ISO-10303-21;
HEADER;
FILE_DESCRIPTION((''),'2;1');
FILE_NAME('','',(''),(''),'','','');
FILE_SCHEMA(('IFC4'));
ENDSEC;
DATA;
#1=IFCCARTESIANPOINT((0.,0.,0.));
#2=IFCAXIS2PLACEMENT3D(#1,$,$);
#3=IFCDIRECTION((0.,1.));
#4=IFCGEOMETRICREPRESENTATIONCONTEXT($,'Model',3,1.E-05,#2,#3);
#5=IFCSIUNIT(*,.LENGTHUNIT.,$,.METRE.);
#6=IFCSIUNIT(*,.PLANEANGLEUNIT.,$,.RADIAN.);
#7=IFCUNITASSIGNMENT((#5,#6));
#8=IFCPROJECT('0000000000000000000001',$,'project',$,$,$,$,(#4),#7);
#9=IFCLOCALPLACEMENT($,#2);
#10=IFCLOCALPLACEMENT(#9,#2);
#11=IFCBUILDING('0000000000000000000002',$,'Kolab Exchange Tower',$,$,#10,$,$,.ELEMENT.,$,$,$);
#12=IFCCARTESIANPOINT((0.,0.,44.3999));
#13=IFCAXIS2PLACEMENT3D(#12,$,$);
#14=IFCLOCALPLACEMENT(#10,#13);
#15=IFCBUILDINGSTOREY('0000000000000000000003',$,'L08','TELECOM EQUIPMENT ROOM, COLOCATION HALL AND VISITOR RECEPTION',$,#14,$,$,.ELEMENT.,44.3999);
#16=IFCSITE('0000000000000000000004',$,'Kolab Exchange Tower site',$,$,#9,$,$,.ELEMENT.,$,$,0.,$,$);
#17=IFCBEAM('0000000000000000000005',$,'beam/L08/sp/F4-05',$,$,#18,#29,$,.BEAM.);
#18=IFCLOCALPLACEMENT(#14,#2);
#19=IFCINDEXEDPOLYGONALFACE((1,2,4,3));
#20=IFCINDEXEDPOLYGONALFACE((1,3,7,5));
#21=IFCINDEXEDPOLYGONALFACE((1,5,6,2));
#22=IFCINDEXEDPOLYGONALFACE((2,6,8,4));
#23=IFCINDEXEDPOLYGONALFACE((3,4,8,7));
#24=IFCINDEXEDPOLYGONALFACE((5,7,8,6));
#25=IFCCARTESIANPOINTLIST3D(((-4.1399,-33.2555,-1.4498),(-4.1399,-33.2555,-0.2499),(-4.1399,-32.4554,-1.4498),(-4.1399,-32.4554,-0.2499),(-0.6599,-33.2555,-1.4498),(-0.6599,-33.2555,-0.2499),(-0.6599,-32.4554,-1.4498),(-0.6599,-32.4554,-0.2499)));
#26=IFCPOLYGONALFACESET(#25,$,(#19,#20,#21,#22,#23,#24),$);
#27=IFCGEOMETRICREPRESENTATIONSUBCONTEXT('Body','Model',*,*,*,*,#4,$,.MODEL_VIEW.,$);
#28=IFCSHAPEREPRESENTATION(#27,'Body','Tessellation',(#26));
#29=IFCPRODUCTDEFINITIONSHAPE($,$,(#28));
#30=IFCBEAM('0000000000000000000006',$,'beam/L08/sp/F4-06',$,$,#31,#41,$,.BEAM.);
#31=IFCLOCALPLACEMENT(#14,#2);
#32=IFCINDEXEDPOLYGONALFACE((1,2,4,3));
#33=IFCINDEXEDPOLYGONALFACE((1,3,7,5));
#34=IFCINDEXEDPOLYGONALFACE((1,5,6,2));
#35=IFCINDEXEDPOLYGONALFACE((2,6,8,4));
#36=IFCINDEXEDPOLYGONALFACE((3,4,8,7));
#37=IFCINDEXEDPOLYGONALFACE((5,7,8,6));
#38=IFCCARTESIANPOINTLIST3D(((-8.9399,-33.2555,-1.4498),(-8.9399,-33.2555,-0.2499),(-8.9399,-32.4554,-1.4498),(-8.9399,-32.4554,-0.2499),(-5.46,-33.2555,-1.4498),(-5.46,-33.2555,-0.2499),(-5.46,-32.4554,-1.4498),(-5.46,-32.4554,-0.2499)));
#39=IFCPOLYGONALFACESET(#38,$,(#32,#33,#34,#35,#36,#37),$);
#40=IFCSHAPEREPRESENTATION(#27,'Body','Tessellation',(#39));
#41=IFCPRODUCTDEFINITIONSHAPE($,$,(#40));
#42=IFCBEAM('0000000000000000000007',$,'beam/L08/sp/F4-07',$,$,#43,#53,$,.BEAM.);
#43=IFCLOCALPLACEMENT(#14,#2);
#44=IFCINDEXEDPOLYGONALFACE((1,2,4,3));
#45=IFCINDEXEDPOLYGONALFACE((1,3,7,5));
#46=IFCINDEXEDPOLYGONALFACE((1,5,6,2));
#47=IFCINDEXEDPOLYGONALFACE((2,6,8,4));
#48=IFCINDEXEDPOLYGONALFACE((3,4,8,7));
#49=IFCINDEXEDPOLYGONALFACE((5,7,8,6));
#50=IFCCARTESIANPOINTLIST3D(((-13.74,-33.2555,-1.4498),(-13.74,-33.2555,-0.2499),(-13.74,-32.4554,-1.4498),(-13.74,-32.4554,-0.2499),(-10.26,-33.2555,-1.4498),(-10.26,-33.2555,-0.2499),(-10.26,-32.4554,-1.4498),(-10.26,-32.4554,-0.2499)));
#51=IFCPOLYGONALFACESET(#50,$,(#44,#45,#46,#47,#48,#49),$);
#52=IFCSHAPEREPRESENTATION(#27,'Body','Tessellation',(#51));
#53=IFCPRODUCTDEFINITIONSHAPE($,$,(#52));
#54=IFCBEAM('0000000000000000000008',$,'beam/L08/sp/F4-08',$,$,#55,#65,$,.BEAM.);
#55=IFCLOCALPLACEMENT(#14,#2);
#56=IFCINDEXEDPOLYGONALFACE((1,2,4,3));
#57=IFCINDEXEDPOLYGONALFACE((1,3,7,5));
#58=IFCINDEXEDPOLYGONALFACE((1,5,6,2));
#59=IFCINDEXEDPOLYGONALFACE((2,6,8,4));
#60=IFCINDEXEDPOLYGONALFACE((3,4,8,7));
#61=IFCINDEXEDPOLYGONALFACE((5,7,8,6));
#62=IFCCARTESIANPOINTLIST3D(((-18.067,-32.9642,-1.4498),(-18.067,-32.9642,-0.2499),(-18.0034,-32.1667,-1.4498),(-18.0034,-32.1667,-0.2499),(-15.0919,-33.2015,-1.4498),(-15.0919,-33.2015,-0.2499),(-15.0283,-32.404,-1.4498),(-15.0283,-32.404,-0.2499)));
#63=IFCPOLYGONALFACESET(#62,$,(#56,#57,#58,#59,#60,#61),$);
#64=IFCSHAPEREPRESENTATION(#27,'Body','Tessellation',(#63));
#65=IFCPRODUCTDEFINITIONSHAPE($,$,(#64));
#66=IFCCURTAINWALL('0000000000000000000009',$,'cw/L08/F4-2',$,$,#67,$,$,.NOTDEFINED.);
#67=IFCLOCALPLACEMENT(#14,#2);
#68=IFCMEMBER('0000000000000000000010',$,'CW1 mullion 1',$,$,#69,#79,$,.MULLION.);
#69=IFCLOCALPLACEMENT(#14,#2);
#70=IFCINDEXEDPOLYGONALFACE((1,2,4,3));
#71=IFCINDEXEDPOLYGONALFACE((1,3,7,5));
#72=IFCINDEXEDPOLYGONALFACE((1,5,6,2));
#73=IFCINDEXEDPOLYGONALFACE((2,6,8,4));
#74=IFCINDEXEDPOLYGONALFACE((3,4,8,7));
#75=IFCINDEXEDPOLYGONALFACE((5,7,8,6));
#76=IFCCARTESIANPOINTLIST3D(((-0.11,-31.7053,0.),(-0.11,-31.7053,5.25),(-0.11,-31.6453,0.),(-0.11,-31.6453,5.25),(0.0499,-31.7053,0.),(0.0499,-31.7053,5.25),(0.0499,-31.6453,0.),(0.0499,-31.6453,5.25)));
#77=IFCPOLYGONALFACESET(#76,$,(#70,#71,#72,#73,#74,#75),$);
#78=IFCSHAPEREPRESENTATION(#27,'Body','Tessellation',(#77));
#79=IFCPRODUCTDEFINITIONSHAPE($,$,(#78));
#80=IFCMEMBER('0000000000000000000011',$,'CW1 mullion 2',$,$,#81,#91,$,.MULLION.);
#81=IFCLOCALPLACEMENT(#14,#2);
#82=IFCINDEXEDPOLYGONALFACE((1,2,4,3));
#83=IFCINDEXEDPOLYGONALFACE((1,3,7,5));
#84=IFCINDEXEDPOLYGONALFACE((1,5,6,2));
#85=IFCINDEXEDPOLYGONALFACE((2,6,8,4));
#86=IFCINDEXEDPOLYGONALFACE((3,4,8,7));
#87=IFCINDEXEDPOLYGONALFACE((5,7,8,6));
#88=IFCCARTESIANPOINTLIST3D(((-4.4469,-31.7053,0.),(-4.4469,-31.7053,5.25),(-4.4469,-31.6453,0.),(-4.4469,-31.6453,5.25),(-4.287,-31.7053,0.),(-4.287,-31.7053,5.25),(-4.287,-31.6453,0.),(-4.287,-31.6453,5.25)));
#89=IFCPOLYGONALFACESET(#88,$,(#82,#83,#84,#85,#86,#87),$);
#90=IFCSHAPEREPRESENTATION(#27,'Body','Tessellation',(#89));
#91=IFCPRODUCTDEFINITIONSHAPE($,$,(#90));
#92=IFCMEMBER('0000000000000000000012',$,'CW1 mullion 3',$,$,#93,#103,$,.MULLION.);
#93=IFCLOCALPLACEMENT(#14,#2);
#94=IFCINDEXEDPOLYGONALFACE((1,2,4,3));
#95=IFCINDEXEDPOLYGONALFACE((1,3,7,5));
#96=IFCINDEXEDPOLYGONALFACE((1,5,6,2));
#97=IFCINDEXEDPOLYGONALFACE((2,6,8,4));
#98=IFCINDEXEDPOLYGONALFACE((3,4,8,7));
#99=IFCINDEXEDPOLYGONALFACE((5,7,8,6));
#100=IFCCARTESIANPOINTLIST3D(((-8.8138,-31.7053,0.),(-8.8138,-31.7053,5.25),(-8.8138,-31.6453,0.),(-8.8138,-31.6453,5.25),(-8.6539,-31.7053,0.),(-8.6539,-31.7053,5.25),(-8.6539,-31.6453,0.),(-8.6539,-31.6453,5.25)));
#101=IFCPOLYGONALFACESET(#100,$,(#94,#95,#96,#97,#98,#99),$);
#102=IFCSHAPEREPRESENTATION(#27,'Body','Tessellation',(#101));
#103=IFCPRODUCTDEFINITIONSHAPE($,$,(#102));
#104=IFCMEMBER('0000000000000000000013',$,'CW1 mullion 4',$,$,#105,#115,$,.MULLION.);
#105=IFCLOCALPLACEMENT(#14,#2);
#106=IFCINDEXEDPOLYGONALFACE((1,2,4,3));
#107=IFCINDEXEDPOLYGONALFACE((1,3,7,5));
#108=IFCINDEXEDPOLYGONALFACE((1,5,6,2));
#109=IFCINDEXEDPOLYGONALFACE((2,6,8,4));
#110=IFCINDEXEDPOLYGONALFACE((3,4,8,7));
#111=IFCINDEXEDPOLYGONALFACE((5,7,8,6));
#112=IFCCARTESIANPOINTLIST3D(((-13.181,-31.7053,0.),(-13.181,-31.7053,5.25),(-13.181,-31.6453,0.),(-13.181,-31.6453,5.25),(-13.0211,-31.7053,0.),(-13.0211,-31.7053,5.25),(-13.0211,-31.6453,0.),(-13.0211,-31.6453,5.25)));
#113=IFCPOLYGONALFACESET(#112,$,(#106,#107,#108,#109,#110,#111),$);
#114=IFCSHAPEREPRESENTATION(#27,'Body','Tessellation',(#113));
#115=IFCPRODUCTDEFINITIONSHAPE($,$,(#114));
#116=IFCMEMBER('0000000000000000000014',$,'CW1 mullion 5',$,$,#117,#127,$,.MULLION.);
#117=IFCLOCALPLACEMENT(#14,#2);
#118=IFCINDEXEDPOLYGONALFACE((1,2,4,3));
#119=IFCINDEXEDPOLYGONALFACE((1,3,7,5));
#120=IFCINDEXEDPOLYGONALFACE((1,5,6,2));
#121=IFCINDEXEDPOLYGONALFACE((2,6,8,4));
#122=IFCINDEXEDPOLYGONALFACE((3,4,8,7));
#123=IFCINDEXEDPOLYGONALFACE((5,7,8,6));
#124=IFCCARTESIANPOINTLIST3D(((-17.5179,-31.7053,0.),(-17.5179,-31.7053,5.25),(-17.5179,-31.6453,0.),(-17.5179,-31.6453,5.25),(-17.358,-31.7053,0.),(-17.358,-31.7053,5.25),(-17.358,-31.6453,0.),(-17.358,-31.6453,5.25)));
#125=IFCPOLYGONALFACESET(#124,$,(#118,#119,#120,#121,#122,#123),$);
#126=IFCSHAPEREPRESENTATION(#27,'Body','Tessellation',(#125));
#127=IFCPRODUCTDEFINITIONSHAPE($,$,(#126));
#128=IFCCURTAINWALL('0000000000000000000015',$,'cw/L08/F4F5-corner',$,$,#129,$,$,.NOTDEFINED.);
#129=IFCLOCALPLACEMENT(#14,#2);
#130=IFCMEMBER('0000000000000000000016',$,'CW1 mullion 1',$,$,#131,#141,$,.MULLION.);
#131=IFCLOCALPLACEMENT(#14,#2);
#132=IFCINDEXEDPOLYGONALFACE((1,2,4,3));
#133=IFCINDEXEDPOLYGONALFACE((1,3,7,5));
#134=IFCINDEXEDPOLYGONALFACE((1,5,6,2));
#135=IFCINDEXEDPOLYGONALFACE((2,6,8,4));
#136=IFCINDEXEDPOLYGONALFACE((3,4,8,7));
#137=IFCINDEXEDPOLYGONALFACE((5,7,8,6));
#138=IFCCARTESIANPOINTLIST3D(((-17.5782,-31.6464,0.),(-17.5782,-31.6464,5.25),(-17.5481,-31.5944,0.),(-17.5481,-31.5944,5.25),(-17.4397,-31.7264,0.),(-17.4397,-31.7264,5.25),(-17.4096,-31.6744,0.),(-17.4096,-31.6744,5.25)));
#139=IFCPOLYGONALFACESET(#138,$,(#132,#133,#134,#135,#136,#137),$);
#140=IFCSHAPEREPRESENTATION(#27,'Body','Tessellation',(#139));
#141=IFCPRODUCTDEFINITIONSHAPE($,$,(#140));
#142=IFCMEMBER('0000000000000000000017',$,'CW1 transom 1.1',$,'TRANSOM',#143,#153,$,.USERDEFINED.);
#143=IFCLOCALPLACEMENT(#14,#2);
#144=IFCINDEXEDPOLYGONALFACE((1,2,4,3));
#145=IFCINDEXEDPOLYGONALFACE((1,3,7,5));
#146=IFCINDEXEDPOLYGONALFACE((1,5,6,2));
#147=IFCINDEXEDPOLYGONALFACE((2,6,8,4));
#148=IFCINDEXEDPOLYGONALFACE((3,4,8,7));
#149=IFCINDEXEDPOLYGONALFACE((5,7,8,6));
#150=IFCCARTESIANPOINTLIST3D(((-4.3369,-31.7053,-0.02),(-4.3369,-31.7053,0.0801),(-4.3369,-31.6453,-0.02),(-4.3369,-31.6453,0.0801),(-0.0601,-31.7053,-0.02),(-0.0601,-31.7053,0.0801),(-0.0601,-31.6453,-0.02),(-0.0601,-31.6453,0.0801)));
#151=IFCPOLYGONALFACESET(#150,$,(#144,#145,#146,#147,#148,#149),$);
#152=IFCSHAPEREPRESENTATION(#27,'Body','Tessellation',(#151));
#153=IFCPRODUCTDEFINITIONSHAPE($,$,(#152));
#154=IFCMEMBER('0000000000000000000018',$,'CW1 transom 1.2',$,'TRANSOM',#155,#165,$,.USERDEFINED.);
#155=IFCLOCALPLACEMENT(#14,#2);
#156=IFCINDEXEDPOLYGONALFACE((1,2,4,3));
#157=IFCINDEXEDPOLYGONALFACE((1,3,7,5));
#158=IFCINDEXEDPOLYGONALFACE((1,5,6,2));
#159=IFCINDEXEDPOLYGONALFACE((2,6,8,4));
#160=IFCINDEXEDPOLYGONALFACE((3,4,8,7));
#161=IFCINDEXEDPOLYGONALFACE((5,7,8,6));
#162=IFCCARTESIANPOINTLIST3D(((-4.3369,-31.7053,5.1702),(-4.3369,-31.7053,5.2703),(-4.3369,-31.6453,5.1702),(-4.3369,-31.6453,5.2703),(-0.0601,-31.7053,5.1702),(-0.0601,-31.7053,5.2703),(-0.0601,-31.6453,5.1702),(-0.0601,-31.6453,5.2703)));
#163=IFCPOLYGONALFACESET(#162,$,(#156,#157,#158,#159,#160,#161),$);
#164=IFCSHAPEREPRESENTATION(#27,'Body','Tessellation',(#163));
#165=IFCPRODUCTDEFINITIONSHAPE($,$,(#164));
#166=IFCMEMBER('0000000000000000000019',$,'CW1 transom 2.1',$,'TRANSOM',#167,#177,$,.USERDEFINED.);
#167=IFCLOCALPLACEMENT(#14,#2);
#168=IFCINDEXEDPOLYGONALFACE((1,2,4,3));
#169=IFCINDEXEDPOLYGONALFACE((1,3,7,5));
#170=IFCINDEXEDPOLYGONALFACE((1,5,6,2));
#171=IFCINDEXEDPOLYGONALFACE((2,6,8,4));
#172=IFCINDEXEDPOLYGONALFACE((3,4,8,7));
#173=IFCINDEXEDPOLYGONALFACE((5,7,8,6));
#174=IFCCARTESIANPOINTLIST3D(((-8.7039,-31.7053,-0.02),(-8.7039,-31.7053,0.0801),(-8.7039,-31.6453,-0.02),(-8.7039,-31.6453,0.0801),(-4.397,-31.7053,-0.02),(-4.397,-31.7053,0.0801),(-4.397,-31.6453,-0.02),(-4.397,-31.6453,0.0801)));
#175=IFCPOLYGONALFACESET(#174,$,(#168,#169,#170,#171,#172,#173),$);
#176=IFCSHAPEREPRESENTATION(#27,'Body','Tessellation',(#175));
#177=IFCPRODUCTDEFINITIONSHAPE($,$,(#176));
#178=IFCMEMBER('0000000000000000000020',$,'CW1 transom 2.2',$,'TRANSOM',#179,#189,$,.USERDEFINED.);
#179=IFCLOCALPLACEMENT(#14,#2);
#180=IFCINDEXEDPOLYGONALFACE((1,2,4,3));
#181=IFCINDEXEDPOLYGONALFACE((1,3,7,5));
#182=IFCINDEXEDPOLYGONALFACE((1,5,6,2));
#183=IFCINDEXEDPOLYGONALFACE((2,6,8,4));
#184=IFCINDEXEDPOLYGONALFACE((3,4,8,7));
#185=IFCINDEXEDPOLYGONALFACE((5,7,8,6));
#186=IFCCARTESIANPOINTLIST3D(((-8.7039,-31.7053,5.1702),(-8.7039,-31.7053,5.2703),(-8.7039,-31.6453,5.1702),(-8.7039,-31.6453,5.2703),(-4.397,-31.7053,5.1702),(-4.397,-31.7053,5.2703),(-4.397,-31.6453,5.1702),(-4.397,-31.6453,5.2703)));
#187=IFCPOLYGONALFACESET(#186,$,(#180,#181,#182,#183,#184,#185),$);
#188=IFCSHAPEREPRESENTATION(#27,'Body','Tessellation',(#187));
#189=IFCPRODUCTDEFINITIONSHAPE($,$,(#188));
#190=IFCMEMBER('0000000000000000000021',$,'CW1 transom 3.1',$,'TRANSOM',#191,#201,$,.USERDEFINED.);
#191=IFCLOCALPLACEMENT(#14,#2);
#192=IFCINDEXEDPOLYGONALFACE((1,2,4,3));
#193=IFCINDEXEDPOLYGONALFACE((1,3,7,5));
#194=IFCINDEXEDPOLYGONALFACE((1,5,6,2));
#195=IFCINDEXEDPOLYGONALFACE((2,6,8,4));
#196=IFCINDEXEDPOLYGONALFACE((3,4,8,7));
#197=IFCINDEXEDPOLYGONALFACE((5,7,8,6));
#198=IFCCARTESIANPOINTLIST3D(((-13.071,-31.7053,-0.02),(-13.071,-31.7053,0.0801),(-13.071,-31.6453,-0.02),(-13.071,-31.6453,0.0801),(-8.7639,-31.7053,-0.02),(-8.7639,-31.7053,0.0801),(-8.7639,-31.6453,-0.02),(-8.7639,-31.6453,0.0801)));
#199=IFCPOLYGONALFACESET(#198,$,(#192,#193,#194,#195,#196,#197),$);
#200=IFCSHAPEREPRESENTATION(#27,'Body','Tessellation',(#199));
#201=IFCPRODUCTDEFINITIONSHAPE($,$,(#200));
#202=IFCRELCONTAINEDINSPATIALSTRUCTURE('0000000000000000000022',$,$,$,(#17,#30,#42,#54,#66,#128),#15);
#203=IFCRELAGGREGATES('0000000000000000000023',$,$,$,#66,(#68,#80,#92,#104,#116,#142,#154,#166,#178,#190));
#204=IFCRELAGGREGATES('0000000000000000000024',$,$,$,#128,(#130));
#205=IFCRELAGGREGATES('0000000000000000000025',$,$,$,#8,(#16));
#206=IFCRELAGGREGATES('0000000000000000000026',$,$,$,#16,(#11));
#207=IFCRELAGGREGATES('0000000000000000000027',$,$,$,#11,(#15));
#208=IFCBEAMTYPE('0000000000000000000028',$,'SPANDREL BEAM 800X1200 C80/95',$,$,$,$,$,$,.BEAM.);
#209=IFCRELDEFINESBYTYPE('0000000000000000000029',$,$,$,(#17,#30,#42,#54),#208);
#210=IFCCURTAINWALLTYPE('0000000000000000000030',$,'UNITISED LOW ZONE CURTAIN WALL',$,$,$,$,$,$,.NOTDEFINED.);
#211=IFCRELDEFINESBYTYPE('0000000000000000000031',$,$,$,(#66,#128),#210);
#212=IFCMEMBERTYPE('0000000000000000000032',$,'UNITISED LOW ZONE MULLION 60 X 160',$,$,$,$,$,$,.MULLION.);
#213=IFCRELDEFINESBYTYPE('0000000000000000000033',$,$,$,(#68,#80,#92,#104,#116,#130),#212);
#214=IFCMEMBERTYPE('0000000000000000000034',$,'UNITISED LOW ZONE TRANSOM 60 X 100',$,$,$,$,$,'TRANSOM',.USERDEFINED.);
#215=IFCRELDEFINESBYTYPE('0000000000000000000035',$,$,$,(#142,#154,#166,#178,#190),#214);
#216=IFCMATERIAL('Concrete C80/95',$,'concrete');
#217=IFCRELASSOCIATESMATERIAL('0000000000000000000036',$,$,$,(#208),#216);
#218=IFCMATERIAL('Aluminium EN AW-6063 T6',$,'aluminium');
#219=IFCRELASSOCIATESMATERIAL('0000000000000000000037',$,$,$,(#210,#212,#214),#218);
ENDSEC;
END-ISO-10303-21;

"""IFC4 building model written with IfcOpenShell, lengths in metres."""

from ifc_helpers import new_model, si_unit, direction, frame, origin, origin_2d, place, context, subcontext, project, spatial, rectangle, extrude, material, material_profile, profile_set, type_object, element, aggregate, save


model = new_model("IFC4")

# Units and contexts
model_context = context("Model", 3, precision=1e-05, world=origin(), true_north=direction((0.0, 1.0)))
body_context = subcontext(model_context, "Body", "Model", "MODEL_VIEW")
ifc_project = project(units=[si_unit("LENGTHUNIT", "METRE"), si_unit("PLANEANGLEUNIT", "RADIAN")], contexts=[model_context])

# Site, building, storey
site_placement = place(None, origin())
site = spatial("IfcSite", under=ifc_project, at=site_placement, Name="Kolab Exchange Tower site", CompositionType="ELEMENT", RefElevation=0.0)
building_placement = place(site_placement, origin())
building = spatial("IfcBuilding", under=site, at=building_placement, Name="Kolab Exchange Tower", CompositionType="ELEMENT")
storey_placement = place(building_placement, frame((0.0, 0.0, 44.3999)))
storey = spatial("IfcBuildingStorey", under=building, at=storey_placement, Name="L08", Description="TELECOM EQUIPMENT ROOM, COLOCATION HALL AND VISITOR RECEPTION", CompositionType="ELEMENT", Elevation=44.3999)

# Shared definitions
ifc_material_1 = material(Name="Concrete C80/95", Category="concrete")

# Beams
ifc_material_profile_1 = material_profile(ifc_material_1, rectangle(XDim=0.8, YDim=1.2, at=origin_2d()), Name="RC800X1200")
ifc_profile_set_1 = profile_set([ifc_material_profile_1], Name="Concrete C80/95")
beam_type_1 = type_object("IfcBeamType", Name="SPANDREL BEAM 800X1200 C80/95", PredefinedType="BEAM", material=ifc_profile_set_1)
for number, where, z_axis, x_axis, name in (
    (1, (-0.6599, -32.8555, -0.8499), (-1.0, 0.0, 0.0), (0.0, -1.0, 0.0), "beam/L08/sp/F4-05"),
    (2, (-5.46, -32.8555, -0.8499), (-1.0, 0.0, 0.0), (0.0, -1.0, 0.0), "beam/L08/sp/F4-06"),
    (3, (-10.26, -32.8555, -0.8499), (-1.0, 0.0, 0.0), (0.0, -1.0, 0.0), "beam/L08/sp/F4-07"),
):
    element("IfcBeam", number, at=place(storey_placement, frame(where, z_axis=z_axis, x_axis=x_axis)), inside=storey, type_object=beam_type_1, Name=name, PredefinedType="BEAM", context=body_context, shape_type="SweptSolid", body=[
        extrude(rectangle(XDim=0.8, YDim=1.2, at=origin_2d()), origin(), (0.0, 0.0, 1.0), 3.48),
    ])
beam_1_placement = place(storey_placement, frame((-15.0601, -32.8027, -0.8499), z_axis=(-0.996834, 0.079511, 0.0), x_axis=(-0.079511, -0.996834, 0.0)))
element("IfcBeam", 4, at=beam_1_placement, inside=storey, type_object=beam_type_1, Name="beam/L08/sp/F4-08", PredefinedType="BEAM", context=body_context, shape_type="SweptSolid", body=[
    extrude(rectangle(XDim=0.8, YDim=1.2, at=origin_2d()), origin(), (0.0, 0.0, 1.0), 2.9846),
])

# Curtain wall, members
ifc_material_2 = material(Name="Aluminium EN AW-6063 T6", Category="aluminium")
curtain_wall_type = type_object("IfcCurtainWallType", Name="UNITISED LOW ZONE CURTAIN WALL", PredefinedType="NOTDEFINED", material=ifc_material_2)
curtain_wall_1_placement = place(storey_placement, origin())
curtain_wall_1 = element("IfcCurtainWall", 5, at=curtain_wall_1_placement, inside=storey, type_object=curtain_wall_type, Name="cw/L08/F4-2", PredefinedType="NOTDEFINED")
ifc_material_profile_2 = material_profile(ifc_material_2, rectangle(XDim=0.0601, YDim=0.1599, at=origin_2d()), Name="RECT 60X160")
ifc_profile_set_2 = profile_set([ifc_material_profile_2], Name="Aluminium EN AW-6063 T6")
member_type_1 = type_object("IfcMemberType", Name="UNITISED LOW ZONE MULLION 60 X 160", PredefinedType="MULLION", material=ifc_profile_set_2)
member_1_placement = place(storey_placement, frame((-0.03, -31.6753, 0.0), z_axis=(0.0, 0.0, 1.0), x_axis=(0.0, -1.0, 0.0)))
member_1 = element("IfcMember", 6, at=member_1_placement, type_object=member_type_1, Name="CW1 mullion 1", PredefinedType="MULLION", context=body_context, shape_type="SweptSolid", body=[
    extrude(rectangle(XDim=0.0601, YDim=0.1599, at=origin_2d()), origin(), (0.0, 0.0, 1.0), 5.25),
])
member_2_placement = place(storey_placement, frame((-4.3669, -31.6753, 0.0), z_axis=(0.0, 0.0, 1.0), x_axis=(0.0, -1.0, 0.0)))
member_2 = element("IfcMember", 7, at=member_2_placement, type_object=member_type_1, Name="CW1 mullion 2", PredefinedType="MULLION", context=body_context, shape_type="SweptSolid", body=[
    extrude(rectangle(XDim=0.0601, YDim=0.1599, at=origin_2d()), origin(), (0.0, 0.0, 1.0), 5.25),
])
member_3_placement = place(storey_placement, frame((-8.7339, -31.6753, 0.0), z_axis=(0.0, 0.0, 1.0), x_axis=(0.0, -1.0, 0.0)))
member_3 = element("IfcMember", 8, at=member_3_placement, type_object=member_type_1, Name="CW1 mullion 3", PredefinedType="MULLION", context=body_context, shape_type="SweptSolid", body=[
    extrude(rectangle(XDim=0.0601, YDim=0.1599, at=origin_2d()), origin(), (0.0, 0.0, 1.0), 5.25),
])
member_4_placement = place(storey_placement, frame((-13.1011, -31.6753, 0.0), z_axis=(0.0, 0.0, 1.0), x_axis=(0.0, -1.0, 0.0)))
member_4 = element("IfcMember", 9, at=member_4_placement, type_object=member_type_1, Name="CW1 mullion 4", PredefinedType="MULLION", context=body_context, shape_type="SweptSolid", body=[
    extrude(rectangle(XDim=0.0601, YDim=0.1599, at=origin_2d()), origin(), (0.0, 0.0, 1.0), 5.25),
])
member_5_placement = place(storey_placement, frame((-17.438, -31.6753, 0.0), z_axis=(0.0, 0.0, 1.0), x_axis=(0.0, -1.0, 0.0)))
member_5 = element("IfcMember", 10, at=member_5_placement, type_object=member_type_1, Name="CW1 mullion 5", PredefinedType="MULLION", context=body_context, shape_type="SweptSolid", body=[
    extrude(rectangle(XDim=0.0601, YDim=0.1599, at=origin_2d()), origin(), (0.0, 0.0, 1.0), 5.25),
])

# Curtain wall, member
curtain_wall_2_placement = place(storey_placement, origin())
curtain_wall_2 = element("IfcCurtainWall", 11, at=curtain_wall_2_placement, inside=storey, type_object=curtain_wall_type, Name="cw/L08/F4F5-corner", PredefinedType="NOTDEFINED")
member_6_placement = place(storey_placement, frame((-17.4939, -31.6604, 0.0), z_axis=(0.0, 0.0, 1.0), x_axis=(-0.5, -0.866025, 0.0)))
member_6 = element("IfcMember", 12, at=member_6_placement, type_object=member_type_1, Name="CW1 mullion 1", PredefinedType="MULLION", context=body_context, shape_type="SweptSolid", body=[
    extrude(rectangle(XDim=0.0601, YDim=0.1599, at=origin_2d()), origin(), (0.0, 0.0, 1.0), 5.25),
])

# Members
ifc_material_profile_3 = material_profile(ifc_material_2, rectangle(XDim=0.0601, YDim=0.1001, at=origin_2d()), Name="RECT 60X100")
ifc_profile_set_3 = profile_set([ifc_material_profile_3], Name="Aluminium EN AW-6063 T6")
member_type_2 = type_object("IfcMemberType", Name="UNITISED LOW ZONE TRANSOM 60 X 100", ElementType="TRANSOM", PredefinedType="USERDEFINED", material=ifc_profile_set_3)
member_7_placement = place(storey_placement, frame((-0.0601, -31.6753, 0.03), z_axis=(-1.0, 0.0, 0.0), x_axis=(0.0, -1.0, 0.0)))
member_7 = element("IfcMember", 13, at=member_7_placement, type_object=member_type_2, Name="CW1 transom 1.1", ObjectType="TRANSOM", PredefinedType="USERDEFINED", context=body_context, shape_type="SweptSolid", body=[
    extrude(rectangle(XDim=0.0601, YDim=0.1001, at=origin_2d()), origin(), (0.0, 0.0, 1.0), 4.2769),
])
member_8_placement = place(storey_placement, frame((-0.0601, -31.6753, 5.2202), z_axis=(-1.0, 0.0, 0.0), x_axis=(0.0, -1.0, 0.0)))
member_8 = element("IfcMember", 14, at=member_8_placement, type_object=member_type_2, Name="CW1 transom 1.2", ObjectType="TRANSOM", PredefinedType="USERDEFINED", context=body_context, shape_type="SweptSolid", body=[
    extrude(rectangle(XDim=0.0601, YDim=0.1001, at=origin_2d()), origin(), (0.0, 0.0, 1.0), 4.2769),
])
member_9_placement = place(storey_placement, frame((-4.397, -31.6753, 0.03), z_axis=(-1.0, 0.0, 0.0), x_axis=(0.0, -1.0, 0.0)))
member_9 = element("IfcMember", 15, at=member_9_placement, type_object=member_type_2, Name="CW1 transom 2.1", ObjectType="TRANSOM", PredefinedType="USERDEFINED", context=body_context, shape_type="SweptSolid", body=[
    extrude(rectangle(XDim=0.0601, YDim=0.1001, at=origin_2d()), origin(), (0.0, 0.0, 1.0), 4.3069),
])
member_10_placement = place(storey_placement, frame((-4.397, -31.6753, 5.2202), z_axis=(-1.0, 0.0, 0.0), x_axis=(0.0, -1.0, 0.0)))
member_10 = element("IfcMember", 16, at=member_10_placement, type_object=member_type_2, Name="CW1 transom 2.2", ObjectType="TRANSOM", PredefinedType="USERDEFINED", context=body_context, shape_type="SweptSolid", body=[
    extrude(rectangle(XDim=0.0601, YDim=0.1001, at=origin_2d()), origin(), (0.0, 0.0, 1.0), 4.3069),
])
member_11_placement = place(storey_placement, frame((-8.7639, -31.6753, 0.03), z_axis=(-1.0, 0.0, 0.0), x_axis=(0.0, -1.0, 0.0)))
member_11 = element("IfcMember", 17, at=member_11_placement, type_object=member_type_2, Name="CW1 transom 3.1", ObjectType="TRANSOM", PredefinedType="USERDEFINED", context=body_context, shape_type="SweptSolid", body=[
    extrude(rectangle(XDim=0.0601, YDim=0.1001, at=origin_2d()), origin(), (0.0, 0.0, 1.0), 4.3071),
])

aggregate(curtain_wall_1, [member_1, member_2, member_3, member_4, member_5, member_7, member_8, member_9, member_10, member_11])
aggregate(curtain_wall_2, [member_6])

save(model, "model.ifc")
